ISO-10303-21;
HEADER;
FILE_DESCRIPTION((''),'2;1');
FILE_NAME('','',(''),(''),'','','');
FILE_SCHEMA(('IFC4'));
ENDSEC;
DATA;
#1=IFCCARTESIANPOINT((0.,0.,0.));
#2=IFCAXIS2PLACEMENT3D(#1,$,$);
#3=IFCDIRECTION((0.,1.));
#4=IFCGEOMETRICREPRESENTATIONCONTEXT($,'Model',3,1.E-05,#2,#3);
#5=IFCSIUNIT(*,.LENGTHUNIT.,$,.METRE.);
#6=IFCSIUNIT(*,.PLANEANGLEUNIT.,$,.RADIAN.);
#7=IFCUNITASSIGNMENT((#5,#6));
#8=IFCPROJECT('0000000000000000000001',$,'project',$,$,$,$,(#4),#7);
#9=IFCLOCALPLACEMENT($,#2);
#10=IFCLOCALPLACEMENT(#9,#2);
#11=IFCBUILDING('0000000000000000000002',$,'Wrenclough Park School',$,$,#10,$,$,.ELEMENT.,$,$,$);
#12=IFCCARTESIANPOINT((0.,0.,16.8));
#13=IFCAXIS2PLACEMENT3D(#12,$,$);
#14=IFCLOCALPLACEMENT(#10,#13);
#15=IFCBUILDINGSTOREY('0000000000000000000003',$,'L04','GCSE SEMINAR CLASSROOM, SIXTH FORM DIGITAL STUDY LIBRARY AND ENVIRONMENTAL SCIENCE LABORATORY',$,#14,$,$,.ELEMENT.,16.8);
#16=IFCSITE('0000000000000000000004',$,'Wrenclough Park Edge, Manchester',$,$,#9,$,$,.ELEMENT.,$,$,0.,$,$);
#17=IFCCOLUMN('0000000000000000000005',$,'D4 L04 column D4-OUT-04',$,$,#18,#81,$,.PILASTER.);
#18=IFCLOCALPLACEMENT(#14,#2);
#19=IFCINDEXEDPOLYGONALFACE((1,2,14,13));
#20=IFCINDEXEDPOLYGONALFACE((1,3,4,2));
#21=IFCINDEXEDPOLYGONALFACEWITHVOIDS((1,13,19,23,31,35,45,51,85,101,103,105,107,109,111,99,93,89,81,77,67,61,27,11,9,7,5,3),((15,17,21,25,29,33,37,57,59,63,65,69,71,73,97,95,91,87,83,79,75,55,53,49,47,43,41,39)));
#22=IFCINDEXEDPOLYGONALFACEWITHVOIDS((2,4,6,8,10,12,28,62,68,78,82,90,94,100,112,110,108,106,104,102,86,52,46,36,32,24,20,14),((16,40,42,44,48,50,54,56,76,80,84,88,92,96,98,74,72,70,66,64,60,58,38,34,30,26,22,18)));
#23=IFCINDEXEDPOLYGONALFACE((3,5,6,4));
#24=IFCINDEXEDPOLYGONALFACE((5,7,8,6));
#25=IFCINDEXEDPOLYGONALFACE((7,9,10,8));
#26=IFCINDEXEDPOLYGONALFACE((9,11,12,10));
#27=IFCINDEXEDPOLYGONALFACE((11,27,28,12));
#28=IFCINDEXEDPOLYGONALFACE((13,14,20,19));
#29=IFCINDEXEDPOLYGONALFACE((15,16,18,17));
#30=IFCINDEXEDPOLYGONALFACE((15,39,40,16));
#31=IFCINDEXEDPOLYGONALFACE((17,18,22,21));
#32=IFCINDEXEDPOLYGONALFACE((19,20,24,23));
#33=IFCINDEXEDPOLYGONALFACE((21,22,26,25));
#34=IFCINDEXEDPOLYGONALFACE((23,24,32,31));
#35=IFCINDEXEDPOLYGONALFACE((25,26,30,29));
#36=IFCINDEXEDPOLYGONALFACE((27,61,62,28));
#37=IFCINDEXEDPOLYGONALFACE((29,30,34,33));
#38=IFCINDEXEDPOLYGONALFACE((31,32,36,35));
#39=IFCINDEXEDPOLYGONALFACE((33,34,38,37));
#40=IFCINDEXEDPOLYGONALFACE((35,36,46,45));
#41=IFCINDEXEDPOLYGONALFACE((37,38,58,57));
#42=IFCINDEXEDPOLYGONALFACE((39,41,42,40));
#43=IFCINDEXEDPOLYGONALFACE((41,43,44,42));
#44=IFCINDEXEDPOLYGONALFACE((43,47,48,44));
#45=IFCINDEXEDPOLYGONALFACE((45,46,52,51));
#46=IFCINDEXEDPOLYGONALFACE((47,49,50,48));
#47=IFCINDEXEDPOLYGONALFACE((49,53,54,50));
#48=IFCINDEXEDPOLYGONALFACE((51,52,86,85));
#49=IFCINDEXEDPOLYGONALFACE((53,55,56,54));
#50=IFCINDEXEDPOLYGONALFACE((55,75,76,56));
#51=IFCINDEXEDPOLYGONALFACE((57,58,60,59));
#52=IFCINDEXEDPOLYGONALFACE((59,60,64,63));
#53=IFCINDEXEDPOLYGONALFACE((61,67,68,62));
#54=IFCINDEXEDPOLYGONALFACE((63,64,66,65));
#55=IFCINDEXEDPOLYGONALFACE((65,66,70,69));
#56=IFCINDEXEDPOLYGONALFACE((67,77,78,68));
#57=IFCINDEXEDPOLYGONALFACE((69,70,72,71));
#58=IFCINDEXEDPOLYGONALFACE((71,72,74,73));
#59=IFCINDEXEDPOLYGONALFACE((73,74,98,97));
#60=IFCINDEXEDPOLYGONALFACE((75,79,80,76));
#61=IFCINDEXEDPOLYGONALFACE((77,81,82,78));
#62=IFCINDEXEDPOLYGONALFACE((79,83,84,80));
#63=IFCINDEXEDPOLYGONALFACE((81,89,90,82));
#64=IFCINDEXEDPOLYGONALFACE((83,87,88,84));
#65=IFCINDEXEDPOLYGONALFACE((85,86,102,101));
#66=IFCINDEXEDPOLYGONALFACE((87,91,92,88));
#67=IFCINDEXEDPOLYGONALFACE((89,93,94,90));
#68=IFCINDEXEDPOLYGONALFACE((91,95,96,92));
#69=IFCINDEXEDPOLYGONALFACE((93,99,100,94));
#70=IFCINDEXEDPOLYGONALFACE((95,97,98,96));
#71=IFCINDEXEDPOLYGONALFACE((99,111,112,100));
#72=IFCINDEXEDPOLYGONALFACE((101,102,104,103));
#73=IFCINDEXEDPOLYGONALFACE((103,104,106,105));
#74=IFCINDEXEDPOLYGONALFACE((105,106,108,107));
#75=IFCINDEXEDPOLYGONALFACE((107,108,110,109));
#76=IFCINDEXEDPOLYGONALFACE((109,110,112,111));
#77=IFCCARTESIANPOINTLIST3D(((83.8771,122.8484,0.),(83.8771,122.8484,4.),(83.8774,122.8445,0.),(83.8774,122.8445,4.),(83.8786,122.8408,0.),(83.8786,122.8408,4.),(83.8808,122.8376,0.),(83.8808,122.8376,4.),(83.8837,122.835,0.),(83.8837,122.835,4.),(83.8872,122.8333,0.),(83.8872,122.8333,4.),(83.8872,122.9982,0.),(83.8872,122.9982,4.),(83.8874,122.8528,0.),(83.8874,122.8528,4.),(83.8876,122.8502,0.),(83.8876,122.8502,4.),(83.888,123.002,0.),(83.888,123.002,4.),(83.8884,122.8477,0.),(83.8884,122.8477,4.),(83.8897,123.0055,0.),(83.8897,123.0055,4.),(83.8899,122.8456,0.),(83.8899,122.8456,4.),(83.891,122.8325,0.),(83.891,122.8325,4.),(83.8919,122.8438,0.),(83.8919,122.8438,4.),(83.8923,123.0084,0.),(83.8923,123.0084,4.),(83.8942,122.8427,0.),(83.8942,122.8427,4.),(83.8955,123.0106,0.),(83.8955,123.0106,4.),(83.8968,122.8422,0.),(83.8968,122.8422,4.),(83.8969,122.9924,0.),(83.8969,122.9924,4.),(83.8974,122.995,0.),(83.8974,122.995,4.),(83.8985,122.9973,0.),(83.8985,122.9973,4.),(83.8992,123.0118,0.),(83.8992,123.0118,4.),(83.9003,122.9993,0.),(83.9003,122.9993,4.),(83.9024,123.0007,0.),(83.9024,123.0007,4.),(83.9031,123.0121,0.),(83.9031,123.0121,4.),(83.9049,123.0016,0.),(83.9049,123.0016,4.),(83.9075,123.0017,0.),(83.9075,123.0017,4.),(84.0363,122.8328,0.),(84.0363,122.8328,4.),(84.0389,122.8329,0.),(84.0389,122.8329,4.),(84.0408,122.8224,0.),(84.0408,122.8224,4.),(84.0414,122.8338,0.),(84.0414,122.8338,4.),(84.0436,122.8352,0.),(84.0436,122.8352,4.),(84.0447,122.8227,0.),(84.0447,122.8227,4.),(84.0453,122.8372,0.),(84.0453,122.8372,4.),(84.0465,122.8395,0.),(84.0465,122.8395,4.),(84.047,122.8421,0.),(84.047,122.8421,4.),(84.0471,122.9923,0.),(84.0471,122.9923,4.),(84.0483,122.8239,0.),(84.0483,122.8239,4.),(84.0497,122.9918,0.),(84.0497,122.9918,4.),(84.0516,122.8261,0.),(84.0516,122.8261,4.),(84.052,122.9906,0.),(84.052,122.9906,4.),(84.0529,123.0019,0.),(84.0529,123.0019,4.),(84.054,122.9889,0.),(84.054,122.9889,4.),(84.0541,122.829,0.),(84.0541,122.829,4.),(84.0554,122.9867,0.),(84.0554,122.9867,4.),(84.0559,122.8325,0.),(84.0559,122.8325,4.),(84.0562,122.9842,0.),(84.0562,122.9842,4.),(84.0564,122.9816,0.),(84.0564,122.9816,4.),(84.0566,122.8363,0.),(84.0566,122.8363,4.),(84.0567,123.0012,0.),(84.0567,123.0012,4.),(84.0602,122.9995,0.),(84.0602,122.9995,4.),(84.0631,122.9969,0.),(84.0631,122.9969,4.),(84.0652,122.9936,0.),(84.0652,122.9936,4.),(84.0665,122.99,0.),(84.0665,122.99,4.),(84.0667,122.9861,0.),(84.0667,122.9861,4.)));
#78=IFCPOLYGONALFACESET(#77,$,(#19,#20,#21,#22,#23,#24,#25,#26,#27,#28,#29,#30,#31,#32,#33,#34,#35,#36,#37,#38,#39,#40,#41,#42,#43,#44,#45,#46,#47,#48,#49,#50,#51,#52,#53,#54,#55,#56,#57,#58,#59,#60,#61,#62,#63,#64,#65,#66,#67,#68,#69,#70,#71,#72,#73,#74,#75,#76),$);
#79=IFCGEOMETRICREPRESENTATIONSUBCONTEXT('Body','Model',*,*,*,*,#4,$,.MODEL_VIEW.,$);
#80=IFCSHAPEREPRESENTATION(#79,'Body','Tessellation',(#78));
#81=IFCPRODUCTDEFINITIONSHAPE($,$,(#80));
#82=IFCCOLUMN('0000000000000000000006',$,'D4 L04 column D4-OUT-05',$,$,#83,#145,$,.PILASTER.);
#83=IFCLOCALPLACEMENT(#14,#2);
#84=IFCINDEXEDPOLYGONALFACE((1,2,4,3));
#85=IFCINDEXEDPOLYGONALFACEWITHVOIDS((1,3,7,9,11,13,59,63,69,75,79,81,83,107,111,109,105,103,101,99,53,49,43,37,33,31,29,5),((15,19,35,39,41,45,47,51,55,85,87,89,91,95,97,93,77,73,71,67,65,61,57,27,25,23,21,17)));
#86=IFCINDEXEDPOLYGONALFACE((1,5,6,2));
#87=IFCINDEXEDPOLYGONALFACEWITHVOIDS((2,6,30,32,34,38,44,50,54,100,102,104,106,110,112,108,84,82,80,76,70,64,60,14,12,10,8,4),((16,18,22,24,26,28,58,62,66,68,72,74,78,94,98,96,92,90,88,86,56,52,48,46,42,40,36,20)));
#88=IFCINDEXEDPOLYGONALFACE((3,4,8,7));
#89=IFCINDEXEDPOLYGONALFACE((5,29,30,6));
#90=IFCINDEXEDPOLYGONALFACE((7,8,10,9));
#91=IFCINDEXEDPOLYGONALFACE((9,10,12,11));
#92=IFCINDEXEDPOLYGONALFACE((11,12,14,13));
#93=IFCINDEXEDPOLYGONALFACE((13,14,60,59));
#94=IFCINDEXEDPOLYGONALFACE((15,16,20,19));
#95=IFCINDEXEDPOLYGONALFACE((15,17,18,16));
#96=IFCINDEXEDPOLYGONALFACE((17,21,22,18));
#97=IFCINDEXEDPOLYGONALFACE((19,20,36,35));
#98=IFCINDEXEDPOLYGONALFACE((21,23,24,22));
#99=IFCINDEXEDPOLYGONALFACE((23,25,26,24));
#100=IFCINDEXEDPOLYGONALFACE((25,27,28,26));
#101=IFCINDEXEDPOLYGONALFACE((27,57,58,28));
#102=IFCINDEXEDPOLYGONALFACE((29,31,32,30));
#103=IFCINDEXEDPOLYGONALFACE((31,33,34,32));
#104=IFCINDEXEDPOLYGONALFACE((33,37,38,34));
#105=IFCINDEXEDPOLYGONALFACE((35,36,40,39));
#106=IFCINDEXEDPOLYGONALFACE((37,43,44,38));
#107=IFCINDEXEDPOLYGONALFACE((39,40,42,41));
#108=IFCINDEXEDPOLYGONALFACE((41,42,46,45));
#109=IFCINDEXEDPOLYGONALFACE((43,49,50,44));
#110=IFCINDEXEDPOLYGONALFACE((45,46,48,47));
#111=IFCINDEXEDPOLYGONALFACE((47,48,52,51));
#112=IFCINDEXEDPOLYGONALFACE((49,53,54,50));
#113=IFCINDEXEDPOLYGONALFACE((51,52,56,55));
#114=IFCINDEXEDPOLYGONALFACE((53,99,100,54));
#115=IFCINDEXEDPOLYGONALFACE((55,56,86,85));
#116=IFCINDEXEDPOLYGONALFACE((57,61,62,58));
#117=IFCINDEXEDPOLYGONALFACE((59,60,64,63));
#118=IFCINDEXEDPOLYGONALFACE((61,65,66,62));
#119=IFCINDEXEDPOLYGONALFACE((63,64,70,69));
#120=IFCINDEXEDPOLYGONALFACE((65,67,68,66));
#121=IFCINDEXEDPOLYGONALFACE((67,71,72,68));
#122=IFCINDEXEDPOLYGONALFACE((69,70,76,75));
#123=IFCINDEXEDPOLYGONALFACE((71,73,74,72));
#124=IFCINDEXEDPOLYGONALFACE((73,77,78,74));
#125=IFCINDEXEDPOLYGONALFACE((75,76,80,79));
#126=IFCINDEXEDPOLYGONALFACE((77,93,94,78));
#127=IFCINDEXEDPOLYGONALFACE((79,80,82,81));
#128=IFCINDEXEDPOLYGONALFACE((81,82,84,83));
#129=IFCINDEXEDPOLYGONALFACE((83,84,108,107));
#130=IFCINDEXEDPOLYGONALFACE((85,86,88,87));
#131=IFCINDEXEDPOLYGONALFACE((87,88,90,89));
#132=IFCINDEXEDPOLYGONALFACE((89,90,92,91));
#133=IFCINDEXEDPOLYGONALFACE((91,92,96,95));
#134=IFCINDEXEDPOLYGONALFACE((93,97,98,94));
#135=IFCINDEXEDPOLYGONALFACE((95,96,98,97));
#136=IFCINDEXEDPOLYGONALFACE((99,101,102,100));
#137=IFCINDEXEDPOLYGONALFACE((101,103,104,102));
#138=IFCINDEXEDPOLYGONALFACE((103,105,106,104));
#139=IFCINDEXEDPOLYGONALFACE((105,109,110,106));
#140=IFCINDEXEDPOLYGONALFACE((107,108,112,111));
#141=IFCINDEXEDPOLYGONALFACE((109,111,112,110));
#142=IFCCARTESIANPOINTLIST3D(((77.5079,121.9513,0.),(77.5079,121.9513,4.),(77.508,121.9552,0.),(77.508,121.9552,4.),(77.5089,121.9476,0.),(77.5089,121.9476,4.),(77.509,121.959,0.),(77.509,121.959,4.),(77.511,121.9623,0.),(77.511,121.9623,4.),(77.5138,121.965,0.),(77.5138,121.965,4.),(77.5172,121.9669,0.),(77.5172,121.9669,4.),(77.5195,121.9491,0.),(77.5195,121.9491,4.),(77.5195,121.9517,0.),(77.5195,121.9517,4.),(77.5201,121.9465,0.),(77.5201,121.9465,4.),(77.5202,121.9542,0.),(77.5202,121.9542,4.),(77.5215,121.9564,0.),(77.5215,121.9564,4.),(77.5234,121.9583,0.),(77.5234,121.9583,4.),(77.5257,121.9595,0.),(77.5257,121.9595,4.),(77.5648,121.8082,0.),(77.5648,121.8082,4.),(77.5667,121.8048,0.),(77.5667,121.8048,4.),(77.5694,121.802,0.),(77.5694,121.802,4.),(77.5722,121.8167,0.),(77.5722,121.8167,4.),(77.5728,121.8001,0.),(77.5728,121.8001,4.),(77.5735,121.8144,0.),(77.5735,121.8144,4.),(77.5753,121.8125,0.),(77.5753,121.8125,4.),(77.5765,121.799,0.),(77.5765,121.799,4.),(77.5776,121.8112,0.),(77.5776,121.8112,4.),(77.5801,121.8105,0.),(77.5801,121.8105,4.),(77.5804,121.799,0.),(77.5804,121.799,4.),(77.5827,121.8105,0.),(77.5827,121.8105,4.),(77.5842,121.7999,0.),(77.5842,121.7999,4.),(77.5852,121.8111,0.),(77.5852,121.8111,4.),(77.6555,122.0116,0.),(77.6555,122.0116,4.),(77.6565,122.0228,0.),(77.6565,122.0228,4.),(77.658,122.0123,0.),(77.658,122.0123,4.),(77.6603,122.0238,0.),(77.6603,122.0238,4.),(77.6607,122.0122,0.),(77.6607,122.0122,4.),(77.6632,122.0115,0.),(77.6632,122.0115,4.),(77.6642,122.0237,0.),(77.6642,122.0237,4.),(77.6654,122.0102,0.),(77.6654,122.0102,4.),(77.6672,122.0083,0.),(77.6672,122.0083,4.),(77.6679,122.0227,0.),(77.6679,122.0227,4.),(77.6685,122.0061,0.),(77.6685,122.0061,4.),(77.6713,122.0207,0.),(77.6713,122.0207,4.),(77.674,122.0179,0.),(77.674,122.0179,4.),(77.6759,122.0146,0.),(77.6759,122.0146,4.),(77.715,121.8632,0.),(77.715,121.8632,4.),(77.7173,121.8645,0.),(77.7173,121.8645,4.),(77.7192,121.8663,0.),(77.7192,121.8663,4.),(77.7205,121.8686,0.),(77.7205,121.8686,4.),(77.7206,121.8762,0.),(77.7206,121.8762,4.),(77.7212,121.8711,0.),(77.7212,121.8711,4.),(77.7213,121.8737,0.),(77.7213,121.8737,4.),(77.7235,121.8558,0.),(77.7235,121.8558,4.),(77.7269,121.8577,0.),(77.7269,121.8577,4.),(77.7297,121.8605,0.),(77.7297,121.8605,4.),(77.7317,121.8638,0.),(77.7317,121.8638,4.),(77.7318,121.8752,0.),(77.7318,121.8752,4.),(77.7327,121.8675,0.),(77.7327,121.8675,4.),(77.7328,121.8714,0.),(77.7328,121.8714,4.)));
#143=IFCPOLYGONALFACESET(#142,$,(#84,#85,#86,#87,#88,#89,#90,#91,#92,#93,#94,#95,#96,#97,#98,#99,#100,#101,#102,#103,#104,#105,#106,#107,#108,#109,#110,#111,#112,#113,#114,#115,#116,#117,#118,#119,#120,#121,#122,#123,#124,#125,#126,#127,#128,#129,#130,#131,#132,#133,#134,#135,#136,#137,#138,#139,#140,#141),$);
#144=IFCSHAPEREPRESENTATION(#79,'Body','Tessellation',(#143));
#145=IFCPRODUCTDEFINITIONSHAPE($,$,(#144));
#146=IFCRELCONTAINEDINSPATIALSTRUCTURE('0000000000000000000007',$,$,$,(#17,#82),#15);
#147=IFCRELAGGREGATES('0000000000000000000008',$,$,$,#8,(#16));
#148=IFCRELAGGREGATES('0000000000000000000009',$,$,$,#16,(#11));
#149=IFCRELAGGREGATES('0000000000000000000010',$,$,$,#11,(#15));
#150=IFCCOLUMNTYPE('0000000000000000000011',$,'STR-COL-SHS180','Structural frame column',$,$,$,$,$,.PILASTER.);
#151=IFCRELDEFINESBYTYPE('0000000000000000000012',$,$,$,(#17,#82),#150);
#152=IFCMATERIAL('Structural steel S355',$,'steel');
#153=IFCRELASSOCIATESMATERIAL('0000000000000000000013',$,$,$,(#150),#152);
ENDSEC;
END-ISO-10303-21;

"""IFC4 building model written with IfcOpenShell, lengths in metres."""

from ifc_helpers import new_model, si_unit, direction, frame, origin, origin_2d, place, context, subcontext, project, spatial, hollow_rectangle, extrude, material, material_profile, profile_set, type_object, element, save


model = new_model("IFC4")

# Units and contexts
model_context = context("Model", 3, precision=1e-05, world=origin(), true_north=direction((0.0, 1.0)))
body_context = subcontext(model_context, "Body", "Model", "MODEL_VIEW")
ifc_project = project(units=[si_unit("LENGTHUNIT", "METRE"), si_unit("PLANEANGLEUNIT", "RADIAN")], contexts=[model_context])

# Site, building, storey
site_placement = place(None, origin())
site = spatial("IfcSite", under=ifc_project, at=site_placement, Name="Wrenclough Park Edge, Manchester", CompositionType="ELEMENT", RefElevation=0.0)
building_placement = place(site_placement, origin())
building = spatial("IfcBuilding", under=site, at=building_placement, Name="Wrenclough Park School", CompositionType="ELEMENT")
storey_placement = place(building_placement, frame((0.0, 0.0, 16.8)))
storey = spatial("IfcBuildingStorey", under=building, at=storey_placement, Name="L04", Description="GCSE SEMINAR CLASSROOM, SIXTH FORM DIGITAL STUDY LIBRARY AND ENVIRONMENTAL SCIENCE LABORATORY", CompositionType="ELEMENT", Elevation=16.8)

# Columns
ifc_material_1 = material(Name="Structural steel S355", Category="steel")
ifc_material_profile_1 = material_profile(ifc_material_1, hollow_rectangle(XDim=0.1799, YDim=0.1799, WallThickness=0.01, InnerFilletRadius=0.01, OuterFilletRadius=0.0149, at=origin_2d()), Name="SHS 180x180x10.0")
ifc_profile_set_1 = profile_set([ifc_material_profile_1], Name="Structural steel S355")
column_type = type_object("IfcColumnType", Name="STR-COL-SHS180", Description="Structural frame column", PredefinedType="PILASTER", material=ifc_profile_set_1)
for number, where, z_axis, x_axis, name in (
    (1, (83.9719, 122.9172, 0.0), (0.0, 0.0, 1.0), (-0.997732, 0.067319, 0.0), "D4 L04 column D4-OUT-04"),
    (2, (77.6204, 121.9114, 0.0), (0.0, 0.0, 1.0), (-0.928096, -0.37234, 0.0), "D4 L04 column D4-OUT-05"),
):
    element("IfcColumn", number, at=place(storey_placement, frame(where, z_axis=z_axis, x_axis=x_axis)), inside=storey, type_object=column_type, Name=name, PredefinedType="PILASTER", context=body_context, shape_type="SweptSolid", body=[
        extrude(hollow_rectangle(XDim=0.1799, YDim=0.1799, WallThickness=0.01, InnerFilletRadius=0.01, OuterFilletRadius=0.0149, at=origin_2d()), origin(), (0.0, 0.0, 1.0), 4.0),
    ])

save(model, "model.ifc")
